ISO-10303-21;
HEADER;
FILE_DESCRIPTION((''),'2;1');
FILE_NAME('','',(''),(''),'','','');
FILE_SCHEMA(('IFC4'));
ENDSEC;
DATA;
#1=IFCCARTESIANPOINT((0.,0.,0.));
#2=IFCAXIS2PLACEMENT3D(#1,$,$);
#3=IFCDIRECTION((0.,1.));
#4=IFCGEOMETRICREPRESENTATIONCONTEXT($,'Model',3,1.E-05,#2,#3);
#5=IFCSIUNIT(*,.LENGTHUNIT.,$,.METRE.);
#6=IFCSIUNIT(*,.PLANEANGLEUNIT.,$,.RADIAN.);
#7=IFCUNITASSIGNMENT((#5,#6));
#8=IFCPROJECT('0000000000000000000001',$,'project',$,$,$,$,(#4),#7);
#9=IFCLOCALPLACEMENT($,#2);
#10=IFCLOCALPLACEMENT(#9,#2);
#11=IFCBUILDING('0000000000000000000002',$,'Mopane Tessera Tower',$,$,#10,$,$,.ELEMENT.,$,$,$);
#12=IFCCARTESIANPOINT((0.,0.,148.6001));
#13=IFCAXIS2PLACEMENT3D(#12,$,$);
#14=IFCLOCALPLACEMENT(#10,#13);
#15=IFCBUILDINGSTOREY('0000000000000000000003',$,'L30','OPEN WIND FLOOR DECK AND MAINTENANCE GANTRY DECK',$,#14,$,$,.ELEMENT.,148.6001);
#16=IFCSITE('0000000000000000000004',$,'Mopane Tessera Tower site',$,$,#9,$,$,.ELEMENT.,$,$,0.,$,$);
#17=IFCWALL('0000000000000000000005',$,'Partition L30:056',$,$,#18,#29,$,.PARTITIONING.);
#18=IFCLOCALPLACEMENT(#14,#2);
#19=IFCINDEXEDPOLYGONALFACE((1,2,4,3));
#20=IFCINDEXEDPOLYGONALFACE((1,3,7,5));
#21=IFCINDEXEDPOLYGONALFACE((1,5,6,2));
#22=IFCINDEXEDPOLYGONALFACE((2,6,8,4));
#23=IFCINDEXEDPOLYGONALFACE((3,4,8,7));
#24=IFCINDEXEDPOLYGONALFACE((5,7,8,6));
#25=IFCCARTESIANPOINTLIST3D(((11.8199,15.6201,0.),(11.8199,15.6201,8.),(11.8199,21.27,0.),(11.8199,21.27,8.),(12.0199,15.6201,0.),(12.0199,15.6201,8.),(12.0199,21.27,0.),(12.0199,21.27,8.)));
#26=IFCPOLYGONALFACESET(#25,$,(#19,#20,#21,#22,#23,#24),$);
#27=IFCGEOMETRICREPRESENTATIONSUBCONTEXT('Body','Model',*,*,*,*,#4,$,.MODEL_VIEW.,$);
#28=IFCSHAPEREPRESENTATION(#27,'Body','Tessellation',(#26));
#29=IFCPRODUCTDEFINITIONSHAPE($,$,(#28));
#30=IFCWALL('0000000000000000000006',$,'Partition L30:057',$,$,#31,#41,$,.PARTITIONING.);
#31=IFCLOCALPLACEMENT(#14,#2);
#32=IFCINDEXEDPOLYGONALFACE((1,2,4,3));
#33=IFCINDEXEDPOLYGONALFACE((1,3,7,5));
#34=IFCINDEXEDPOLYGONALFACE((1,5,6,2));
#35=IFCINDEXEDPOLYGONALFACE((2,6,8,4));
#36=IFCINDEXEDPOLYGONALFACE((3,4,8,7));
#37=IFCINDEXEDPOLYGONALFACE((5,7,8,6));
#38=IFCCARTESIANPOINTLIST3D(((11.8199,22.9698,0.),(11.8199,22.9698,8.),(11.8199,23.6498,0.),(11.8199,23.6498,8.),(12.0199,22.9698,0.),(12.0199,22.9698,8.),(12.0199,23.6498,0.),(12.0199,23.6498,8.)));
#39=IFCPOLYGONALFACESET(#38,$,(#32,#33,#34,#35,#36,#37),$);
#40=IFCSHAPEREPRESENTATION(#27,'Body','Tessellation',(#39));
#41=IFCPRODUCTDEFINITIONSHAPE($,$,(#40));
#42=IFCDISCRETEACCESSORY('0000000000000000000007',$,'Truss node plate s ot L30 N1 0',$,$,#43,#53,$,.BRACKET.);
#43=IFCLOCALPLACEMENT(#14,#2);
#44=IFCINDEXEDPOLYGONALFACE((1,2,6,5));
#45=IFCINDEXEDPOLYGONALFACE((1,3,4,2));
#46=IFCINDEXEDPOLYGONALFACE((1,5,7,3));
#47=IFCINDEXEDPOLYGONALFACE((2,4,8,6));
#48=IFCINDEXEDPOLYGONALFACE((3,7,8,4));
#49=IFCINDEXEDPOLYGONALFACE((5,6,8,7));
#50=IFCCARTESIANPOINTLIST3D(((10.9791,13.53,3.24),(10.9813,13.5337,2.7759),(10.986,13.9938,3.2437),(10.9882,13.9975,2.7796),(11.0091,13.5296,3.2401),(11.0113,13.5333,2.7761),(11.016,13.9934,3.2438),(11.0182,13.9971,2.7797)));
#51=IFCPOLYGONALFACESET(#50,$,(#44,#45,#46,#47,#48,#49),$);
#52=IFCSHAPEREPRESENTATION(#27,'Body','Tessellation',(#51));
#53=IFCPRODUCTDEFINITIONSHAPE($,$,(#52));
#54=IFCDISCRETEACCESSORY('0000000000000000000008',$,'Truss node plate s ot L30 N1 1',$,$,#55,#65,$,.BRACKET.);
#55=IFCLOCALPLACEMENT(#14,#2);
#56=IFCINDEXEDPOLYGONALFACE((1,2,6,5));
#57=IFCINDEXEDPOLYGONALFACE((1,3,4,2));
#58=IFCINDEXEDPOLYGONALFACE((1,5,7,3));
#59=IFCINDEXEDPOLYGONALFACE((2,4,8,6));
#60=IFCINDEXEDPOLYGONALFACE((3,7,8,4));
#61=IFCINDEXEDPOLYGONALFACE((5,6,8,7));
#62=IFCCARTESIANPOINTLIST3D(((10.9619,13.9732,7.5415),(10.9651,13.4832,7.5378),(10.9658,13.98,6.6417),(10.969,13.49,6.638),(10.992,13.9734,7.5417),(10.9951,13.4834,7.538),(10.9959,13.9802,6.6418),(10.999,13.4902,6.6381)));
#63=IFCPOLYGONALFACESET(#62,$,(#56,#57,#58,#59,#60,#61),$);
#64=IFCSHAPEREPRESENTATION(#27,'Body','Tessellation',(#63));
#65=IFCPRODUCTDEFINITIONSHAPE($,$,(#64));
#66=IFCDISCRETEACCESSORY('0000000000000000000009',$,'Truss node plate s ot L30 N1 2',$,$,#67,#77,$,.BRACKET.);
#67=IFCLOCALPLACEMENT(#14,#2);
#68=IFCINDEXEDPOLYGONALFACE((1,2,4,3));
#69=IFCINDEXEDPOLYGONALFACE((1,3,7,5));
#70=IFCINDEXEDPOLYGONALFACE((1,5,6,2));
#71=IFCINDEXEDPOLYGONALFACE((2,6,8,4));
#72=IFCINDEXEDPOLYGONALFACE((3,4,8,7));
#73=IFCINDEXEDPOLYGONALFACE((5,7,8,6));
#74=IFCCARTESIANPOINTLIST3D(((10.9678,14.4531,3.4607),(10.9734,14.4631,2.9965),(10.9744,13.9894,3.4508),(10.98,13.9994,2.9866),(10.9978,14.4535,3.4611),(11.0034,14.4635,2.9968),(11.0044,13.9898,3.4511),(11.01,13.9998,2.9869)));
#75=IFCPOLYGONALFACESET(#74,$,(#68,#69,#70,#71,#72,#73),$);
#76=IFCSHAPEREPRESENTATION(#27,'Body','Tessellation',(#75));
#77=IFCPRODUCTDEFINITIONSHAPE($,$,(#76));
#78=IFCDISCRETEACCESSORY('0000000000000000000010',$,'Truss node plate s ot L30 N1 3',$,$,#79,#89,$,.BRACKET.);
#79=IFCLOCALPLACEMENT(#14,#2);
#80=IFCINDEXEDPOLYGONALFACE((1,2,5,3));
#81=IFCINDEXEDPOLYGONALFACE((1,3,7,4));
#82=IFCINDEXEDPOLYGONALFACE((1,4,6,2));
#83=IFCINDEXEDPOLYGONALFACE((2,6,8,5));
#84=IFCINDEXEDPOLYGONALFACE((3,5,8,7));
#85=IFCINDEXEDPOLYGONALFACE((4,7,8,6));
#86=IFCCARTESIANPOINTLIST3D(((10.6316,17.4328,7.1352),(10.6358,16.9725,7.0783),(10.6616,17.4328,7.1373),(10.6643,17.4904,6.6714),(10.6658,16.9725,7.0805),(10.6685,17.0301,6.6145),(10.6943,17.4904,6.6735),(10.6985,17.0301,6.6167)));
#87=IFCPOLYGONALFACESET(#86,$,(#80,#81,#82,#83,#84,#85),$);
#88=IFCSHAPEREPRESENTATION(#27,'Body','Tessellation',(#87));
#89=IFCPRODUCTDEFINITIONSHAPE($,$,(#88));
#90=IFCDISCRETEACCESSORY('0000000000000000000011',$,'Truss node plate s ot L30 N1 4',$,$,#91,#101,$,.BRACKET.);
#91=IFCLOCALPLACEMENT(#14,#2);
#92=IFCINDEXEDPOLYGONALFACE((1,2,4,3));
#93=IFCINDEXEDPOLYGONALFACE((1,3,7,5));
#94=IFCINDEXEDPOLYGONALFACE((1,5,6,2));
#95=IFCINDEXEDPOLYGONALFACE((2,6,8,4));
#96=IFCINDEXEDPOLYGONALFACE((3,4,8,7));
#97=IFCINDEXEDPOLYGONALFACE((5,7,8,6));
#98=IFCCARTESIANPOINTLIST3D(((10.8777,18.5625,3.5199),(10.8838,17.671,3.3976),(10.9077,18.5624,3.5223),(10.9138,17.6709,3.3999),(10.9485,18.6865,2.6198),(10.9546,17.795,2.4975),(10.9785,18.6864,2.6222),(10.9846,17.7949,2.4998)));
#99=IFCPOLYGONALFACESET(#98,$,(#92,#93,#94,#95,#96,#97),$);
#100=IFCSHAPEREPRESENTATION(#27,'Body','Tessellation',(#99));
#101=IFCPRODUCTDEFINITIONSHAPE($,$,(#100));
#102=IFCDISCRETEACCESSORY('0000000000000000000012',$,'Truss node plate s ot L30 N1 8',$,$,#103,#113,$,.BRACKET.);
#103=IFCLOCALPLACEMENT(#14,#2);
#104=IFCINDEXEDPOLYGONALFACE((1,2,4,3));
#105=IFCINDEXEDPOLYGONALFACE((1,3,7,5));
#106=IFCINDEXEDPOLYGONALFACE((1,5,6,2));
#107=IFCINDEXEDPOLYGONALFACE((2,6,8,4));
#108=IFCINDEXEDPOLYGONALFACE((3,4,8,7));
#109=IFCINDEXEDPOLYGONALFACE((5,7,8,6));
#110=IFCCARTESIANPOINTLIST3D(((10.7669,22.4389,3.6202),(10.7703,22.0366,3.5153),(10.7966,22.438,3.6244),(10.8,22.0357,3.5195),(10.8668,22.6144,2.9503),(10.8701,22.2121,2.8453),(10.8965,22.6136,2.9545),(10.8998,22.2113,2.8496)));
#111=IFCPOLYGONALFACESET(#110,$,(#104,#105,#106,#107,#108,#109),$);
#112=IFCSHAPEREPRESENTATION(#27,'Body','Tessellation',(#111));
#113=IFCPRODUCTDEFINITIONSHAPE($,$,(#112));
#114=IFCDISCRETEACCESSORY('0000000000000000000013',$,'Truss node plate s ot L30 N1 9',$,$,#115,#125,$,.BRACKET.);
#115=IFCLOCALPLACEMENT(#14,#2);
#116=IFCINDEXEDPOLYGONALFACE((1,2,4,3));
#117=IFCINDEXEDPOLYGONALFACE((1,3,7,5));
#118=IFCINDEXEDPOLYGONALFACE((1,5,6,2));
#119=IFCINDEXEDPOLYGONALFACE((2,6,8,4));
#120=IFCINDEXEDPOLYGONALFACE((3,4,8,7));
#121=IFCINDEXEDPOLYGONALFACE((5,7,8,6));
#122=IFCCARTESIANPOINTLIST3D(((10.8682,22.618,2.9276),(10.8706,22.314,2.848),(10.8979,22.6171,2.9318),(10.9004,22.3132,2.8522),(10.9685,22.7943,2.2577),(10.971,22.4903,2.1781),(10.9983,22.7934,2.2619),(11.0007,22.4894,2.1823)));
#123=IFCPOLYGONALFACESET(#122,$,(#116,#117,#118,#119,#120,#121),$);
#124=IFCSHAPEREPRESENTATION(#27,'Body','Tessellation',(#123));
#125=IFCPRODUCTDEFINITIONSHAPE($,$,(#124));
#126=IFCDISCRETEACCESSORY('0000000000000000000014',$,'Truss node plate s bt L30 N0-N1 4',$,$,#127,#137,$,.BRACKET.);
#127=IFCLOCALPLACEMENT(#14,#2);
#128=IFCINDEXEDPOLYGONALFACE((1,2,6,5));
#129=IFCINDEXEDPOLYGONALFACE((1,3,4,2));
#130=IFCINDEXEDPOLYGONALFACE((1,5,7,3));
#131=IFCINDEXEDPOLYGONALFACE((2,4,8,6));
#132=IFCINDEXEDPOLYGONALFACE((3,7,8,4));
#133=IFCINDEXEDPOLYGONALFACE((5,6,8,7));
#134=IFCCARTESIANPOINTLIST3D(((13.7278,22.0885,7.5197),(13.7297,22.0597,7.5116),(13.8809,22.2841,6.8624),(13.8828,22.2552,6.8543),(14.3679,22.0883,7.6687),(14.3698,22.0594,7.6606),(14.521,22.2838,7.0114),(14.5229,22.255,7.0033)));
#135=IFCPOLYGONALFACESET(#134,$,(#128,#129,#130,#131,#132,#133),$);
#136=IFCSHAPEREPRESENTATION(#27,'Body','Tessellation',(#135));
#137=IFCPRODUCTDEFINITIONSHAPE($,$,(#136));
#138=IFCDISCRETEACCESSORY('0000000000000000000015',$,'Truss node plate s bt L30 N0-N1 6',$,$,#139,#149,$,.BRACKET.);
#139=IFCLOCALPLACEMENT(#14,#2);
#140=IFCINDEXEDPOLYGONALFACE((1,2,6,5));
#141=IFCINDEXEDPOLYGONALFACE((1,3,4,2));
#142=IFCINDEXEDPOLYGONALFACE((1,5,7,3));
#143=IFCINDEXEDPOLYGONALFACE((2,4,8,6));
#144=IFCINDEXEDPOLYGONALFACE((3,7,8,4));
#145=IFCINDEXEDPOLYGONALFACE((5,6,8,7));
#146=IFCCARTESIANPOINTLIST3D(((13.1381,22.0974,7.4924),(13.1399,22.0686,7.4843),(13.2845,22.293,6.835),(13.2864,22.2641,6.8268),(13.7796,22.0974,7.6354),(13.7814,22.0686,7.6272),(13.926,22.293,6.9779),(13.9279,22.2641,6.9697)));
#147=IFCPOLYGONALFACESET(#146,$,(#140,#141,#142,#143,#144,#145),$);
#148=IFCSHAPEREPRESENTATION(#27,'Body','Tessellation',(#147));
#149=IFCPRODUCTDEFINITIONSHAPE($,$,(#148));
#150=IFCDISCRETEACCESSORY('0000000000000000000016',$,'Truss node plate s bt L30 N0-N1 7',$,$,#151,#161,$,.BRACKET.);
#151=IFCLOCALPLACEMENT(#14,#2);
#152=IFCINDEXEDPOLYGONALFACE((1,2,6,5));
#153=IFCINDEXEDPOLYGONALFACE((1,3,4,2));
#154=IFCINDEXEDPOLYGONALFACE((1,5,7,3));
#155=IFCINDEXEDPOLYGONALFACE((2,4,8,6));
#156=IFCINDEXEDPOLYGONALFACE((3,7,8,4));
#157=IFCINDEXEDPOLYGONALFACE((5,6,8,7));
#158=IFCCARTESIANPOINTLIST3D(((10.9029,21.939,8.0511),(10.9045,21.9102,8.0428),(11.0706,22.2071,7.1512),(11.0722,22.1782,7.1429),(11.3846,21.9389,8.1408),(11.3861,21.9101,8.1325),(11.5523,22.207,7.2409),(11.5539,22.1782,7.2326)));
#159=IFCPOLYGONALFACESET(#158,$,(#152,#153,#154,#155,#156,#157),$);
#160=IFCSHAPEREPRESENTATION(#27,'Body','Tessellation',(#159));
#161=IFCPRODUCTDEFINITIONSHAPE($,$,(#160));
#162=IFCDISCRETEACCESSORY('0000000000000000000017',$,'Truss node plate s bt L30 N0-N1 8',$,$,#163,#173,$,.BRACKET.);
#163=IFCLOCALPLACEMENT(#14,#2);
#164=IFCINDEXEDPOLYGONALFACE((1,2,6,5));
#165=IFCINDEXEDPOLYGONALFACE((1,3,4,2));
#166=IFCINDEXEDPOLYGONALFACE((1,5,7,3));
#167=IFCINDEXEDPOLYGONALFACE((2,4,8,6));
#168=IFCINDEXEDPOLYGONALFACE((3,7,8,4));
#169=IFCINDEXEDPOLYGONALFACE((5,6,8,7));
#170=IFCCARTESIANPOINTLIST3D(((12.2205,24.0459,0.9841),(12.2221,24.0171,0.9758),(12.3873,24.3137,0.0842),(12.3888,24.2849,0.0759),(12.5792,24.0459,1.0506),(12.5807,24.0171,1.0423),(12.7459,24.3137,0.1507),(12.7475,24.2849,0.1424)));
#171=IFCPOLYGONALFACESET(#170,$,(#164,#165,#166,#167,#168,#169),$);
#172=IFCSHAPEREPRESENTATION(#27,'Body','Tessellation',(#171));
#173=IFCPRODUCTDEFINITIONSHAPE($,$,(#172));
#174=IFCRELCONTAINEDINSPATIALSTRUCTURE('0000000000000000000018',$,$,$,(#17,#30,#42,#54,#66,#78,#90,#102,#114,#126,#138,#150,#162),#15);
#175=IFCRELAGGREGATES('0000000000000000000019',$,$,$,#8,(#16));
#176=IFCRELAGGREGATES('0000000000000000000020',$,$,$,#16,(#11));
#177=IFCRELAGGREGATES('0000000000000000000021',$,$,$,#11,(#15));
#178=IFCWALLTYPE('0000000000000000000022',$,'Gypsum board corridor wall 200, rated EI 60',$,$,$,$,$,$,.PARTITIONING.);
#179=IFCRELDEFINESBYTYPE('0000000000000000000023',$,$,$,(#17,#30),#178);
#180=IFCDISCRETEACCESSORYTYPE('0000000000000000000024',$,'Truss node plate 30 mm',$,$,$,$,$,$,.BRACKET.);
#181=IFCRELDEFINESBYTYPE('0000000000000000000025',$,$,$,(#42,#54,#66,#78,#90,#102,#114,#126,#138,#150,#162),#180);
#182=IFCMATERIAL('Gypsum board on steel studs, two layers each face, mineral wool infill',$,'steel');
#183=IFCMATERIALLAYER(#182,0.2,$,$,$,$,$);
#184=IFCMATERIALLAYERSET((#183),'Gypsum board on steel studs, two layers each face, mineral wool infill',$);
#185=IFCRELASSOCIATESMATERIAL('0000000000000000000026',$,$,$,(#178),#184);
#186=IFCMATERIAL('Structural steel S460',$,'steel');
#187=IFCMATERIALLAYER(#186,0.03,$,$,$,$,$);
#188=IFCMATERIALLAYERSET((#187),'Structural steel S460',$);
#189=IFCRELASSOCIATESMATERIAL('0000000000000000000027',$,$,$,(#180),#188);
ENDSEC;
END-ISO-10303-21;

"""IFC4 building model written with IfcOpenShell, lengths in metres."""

from ifc_helpers import new_model, si_unit, direction, frame, frame_2d, origin, origin_2d, place, context, subcontext, project, spatial, rectangle, extrude, material, layer, layer_set, type_object, element, save


model = new_model("IFC4")

# Units and contexts
model_context = context("Model", 3, precision=1e-05, world=origin(), true_north=direction((0.0, 1.0)))
body_context = subcontext(model_context, "Body", "Model", "MODEL_VIEW")
ifc_project = project(units=[si_unit("LENGTHUNIT", "METRE"), si_unit("PLANEANGLEUNIT", "RADIAN")], contexts=[model_context])

# Site, building, storey
site_placement = place(None, origin())
site = spatial("IfcSite", under=ifc_project, at=site_placement, Name="Mopane Tessera Tower site", CompositionType="ELEMENT", RefElevation=0.0)
building_placement = place(site_placement, origin())
building = spatial("IfcBuilding", under=site, at=building_placement, Name="Mopane Tessera Tower", CompositionType="ELEMENT")
storey_placement = place(building_placement, frame((0.0, 0.0, 148.6001)))
storey = spatial("IfcBuildingStorey", under=building, at=storey_placement, Name="L30", Description="OPEN WIND FLOOR DECK AND MAINTENANCE GANTRY DECK", CompositionType="ELEMENT", Elevation=148.6001)

# Walls
ifc_material_1 = material(Name="Gypsum board on steel studs, two layers each face, mineral wool infill", Category="steel")
ifc_layer_1 = layer(ifc_material_1, 0.2)
ifc_layer_set_1 = layer_set([ifc_layer_1], Name="Gypsum board on steel studs, two layers each face, mineral wool infill")
wall_type = type_object("IfcWallType", Name="Gypsum board corridor wall 200, rated EI 60", PredefinedType="PARTITIONING", material=ifc_layer_set_1)
wall_1_placement = place(storey_placement, frame((11.9199, 15.6201, 0.0), z_axis=(0.0, 0.0, 1.0), x_axis=(0.0, 1.0, 0.0)))
element("IfcWall", 1, at=wall_1_placement, inside=storey, type_object=wall_type, Name="Partition L30:056", PredefinedType="PARTITIONING", context=body_context, shape_type="SweptSolid", body=[
    extrude(rectangle(XDim=5.6499, YDim=0.2, at=frame_2d((2.825, 0.0))), origin(), (0.0, 0.0, 1.0), 8.0),
])
wall_2_placement = place(storey_placement, frame((11.9199, 22.97, 0.0), z_axis=(0.0, 0.0, 1.0), x_axis=(0.0, 1.0, 0.0)))
element("IfcWall", 2, at=wall_2_placement, inside=storey, type_object=wall_type, Name="Partition L30:057", PredefinedType="PARTITIONING", context=body_context, shape_type="SweptSolid", body=[
    extrude(rectangle(XDim=0.6799, YDim=0.2, at=frame_2d((0.3398, 0.0))), origin(), (0.0, 0.0, 1.0), 8.0),
])

# Discrete accessories
ifc_material_2 = material(Name="Structural steel S460", Category="steel")
ifc_layer_2 = layer(ifc_material_2, 0.03)
ifc_layer_set_2 = layer_set([ifc_layer_2], Name="Structural steel S460")
discrete_accessory_type = type_object("IfcDiscreteAccessoryType", Name="Truss node plate 30 mm", PredefinedType="BRACKET", material=ifc_layer_set_2)
discrete_accessory_1_placement = place(storey_placement, frame((10.9998, 13.7654, 2.7778), z_axis=(-0.004734, -0.00789, 0.999958), x_axis=(-0.999878, 0.014908, -0.004616)))
element("IfcDiscreteAccessory", 3, at=discrete_accessory_1_placement, inside=storey, type_object=discrete_accessory_type, Name="Truss node plate s ot L30 N1 0", PredefinedType="BRACKET", context=body_context, shape_type="SweptSolid", body=[
    extrude(rectangle(XDim=0.03, YDim=0.4639, at=origin_2d()), origin(), (0.0, 0.0, 1.0), 0.4641),
])
discrete_accessory_2_placement = place(storey_placement, frame((10.9824, 13.7351, 6.6399), z_axis=(-0.004341, -0.007596, 0.999962), x_axis=(-0.99997, -0.006366, -0.004389)))
element("IfcDiscreteAccessory", 4, at=discrete_accessory_2_placement, inside=storey, type_object=discrete_accessory_type, Name="Truss node plate s ot L30 N1 1", PredefinedType="BRACKET", context=body_context, shape_type="SweptSolid", body=[
    extrude(rectangle(XDim=0.03, YDim=0.49, at=origin_2d()), origin(), (0.0, 0.0, 1.0), 0.8999),
])
discrete_accessory_3_placement = place(storey_placement, frame((10.9917, 14.2314, 2.9917), z_axis=(-0.012095, -0.021561, 0.999694), x_axis=(-0.999824, -0.014048, -0.0124)))
element("IfcDiscreteAccessory", 5, at=discrete_accessory_3_placement, inside=storey, type_object=discrete_accessory_type, Name="Truss node plate s ot L30 N1 2", PredefinedType="BRACKET", context=body_context, shape_type="SweptSolid", body=[
    extrude(rectangle(XDim=0.03, YDim=0.4639, at=origin_2d()), origin(), (0.0, 0.0, 1.0), 0.4644),
])
discrete_accessory_4_placement = place(storey_placement, frame((10.6814, 17.2603, 6.644), z_axis=(-0.069818, -0.122963, 0.989952), x_axis=(-0.997518, -0.000422, -0.070404)))
element("IfcDiscreteAccessory", 6, at=discrete_accessory_4_placement, inside=storey, type_object=discrete_accessory_type, Name="Truss node plate s ot L30 N1 3", PredefinedType="BRACKET", context=body_context, shape_type="SweptSolid", body=[
    extrude(rectangle(XDim=0.03, YDim=0.4639, at=origin_2d()), origin(), (0.0, 0.0, 1.0), 0.4685),
])
discrete_accessory_5_placement = place(storey_placement, frame((10.9666, 18.2407, 2.5598), z_axis=(-0.077683, -0.136079, 0.987648), x_axis=(-0.996955, 0.003886, -0.07788)))
element("IfcDiscreteAccessory", 7, at=discrete_accessory_5_placement, inside=storey, type_object=discrete_accessory_type, Name="Truss node plate s ot L30 N1 4", PredefinedType="BRACKET", context=body_context, shape_type="SweptSolid", body=[
    extrude(rectangle(XDim=0.03, YDim=0.8999, at=origin_2d()), origin(), (0.0, 0.0, 1.0), 0.9114),
])
discrete_accessory_6_placement = place(storey_placement, frame((10.8833, 22.4128, 2.8999), z_axis=(-0.142709, -0.250875, 0.957442), x_axis=(-0.989731, 0.02825, -0.14012)))
element("IfcDiscreteAccessory", 8, at=discrete_accessory_6_placement, inside=storey, type_object=discrete_accessory_type, Name="Truss node plate s ot L30 N1 8", PredefinedType="BRACKET", context=body_context, shape_type="SweptSolid", body=[
    extrude(rectangle(XDim=0.03, YDim=0.4158, at=origin_2d()), origin(), (0.0, 0.0, 1.0), 0.6997),
])
discrete_accessory_7_placement = place(storey_placement, frame((10.9846, 22.6418, 2.22), z_axis=(-0.143355, -0.25183, 0.957095), x_axis=(-0.989641, 0.028893, -0.140627)))
element("IfcDiscreteAccessory", 9, at=discrete_accessory_7_placement, inside=storey, type_object=discrete_accessory_type, Name="Truss node plate s ot L30 N1 9", PredefinedType="BRACKET", context=body_context, shape_type="SweptSolid", body=[
    extrude(rectangle(XDim=0.03, YDim=0.3142, at=origin_2d()), origin(), (0.0, 0.0, 1.0), 0.7),
])
discrete_accessory_8_placement = place(storey_placement, frame((14.2019, 22.2695, 6.9329), z_axis=(-0.217877, -0.27834, 0.935445), x_axis=(0.062772, -0.960483, -0.27117)))
element("IfcDiscreteAccessory", 10, at=discrete_accessory_8_placement, inside=storey, type_object=discrete_accessory_type, Name="Truss node plate s bt L30 N0-N1 4", PredefinedType="BRACKET", context=body_context, shape_type="SweptSolid", body=[
    extrude(rectangle(XDim=0.03, YDim=0.6572, at=origin_2d()), origin(), (0.0, 0.0, 1.0), 0.7026),
])
discrete_accessory_9_placement = place(storey_placement, frame((13.6062, 22.2786, 6.9023), z_axis=(-0.208844, -0.278807, 0.937364), x_axis=(0.06062, -0.960347, -0.272137)))
element("IfcDiscreteAccessory", 11, at=discrete_accessory_9_placement, inside=storey, type_object=discrete_accessory_type, Name="Truss node plate s bt L30 N0-N1 6", PredefinedType="BRACKET", context=body_context, shape_type="SweptSolid", body=[
    extrude(rectangle(XDim=0.03, YDim=0.6572, at=origin_2d()), origin(), (0.0, 0.0, 1.0), 0.7014),
])
discrete_accessory_10_placement = place(storey_placement, frame((11.3123, 22.1926, 7.1919), z_axis=(-0.175841, -0.281038, 0.94345), x_axis=(0.05142, -0.959697, -0.276294)))
element("IfcDiscreteAccessory", 12, at=discrete_accessory_10_placement, inside=storey, type_object=discrete_accessory_type, Name="Truss node plate s bt L30 N0-N1 7", PredefinedType="BRACKET", context=body_context, shape_type="SweptSolid", body=[
    extrude(rectangle(XDim=0.03, YDim=0.49, at=origin_2d()), origin(), (0.0, 0.0, 1.0), 0.9539),
])
discrete_accessory_11_placement = place(storey_placement, frame((12.5674, 24.2993, 0.1133), z_axis=(-0.174861, -0.280853, 0.943687), x_axis=(0.051111, -0.959751, -0.276163)))
element("IfcDiscreteAccessory", 13, at=discrete_accessory_11_placement, inside=storey, type_object=discrete_accessory_type, Name="Truss node plate s bt L30 N0-N1 8", PredefinedType="BRACKET", context=body_context, shape_type="SweptSolid", body=[
    extrude(rectangle(XDim=0.03, YDim=0.3647, at=origin_2d()), origin(), (0.0, 0.0, 1.0), 0.9536),
])

save(model, "model.ifc")
